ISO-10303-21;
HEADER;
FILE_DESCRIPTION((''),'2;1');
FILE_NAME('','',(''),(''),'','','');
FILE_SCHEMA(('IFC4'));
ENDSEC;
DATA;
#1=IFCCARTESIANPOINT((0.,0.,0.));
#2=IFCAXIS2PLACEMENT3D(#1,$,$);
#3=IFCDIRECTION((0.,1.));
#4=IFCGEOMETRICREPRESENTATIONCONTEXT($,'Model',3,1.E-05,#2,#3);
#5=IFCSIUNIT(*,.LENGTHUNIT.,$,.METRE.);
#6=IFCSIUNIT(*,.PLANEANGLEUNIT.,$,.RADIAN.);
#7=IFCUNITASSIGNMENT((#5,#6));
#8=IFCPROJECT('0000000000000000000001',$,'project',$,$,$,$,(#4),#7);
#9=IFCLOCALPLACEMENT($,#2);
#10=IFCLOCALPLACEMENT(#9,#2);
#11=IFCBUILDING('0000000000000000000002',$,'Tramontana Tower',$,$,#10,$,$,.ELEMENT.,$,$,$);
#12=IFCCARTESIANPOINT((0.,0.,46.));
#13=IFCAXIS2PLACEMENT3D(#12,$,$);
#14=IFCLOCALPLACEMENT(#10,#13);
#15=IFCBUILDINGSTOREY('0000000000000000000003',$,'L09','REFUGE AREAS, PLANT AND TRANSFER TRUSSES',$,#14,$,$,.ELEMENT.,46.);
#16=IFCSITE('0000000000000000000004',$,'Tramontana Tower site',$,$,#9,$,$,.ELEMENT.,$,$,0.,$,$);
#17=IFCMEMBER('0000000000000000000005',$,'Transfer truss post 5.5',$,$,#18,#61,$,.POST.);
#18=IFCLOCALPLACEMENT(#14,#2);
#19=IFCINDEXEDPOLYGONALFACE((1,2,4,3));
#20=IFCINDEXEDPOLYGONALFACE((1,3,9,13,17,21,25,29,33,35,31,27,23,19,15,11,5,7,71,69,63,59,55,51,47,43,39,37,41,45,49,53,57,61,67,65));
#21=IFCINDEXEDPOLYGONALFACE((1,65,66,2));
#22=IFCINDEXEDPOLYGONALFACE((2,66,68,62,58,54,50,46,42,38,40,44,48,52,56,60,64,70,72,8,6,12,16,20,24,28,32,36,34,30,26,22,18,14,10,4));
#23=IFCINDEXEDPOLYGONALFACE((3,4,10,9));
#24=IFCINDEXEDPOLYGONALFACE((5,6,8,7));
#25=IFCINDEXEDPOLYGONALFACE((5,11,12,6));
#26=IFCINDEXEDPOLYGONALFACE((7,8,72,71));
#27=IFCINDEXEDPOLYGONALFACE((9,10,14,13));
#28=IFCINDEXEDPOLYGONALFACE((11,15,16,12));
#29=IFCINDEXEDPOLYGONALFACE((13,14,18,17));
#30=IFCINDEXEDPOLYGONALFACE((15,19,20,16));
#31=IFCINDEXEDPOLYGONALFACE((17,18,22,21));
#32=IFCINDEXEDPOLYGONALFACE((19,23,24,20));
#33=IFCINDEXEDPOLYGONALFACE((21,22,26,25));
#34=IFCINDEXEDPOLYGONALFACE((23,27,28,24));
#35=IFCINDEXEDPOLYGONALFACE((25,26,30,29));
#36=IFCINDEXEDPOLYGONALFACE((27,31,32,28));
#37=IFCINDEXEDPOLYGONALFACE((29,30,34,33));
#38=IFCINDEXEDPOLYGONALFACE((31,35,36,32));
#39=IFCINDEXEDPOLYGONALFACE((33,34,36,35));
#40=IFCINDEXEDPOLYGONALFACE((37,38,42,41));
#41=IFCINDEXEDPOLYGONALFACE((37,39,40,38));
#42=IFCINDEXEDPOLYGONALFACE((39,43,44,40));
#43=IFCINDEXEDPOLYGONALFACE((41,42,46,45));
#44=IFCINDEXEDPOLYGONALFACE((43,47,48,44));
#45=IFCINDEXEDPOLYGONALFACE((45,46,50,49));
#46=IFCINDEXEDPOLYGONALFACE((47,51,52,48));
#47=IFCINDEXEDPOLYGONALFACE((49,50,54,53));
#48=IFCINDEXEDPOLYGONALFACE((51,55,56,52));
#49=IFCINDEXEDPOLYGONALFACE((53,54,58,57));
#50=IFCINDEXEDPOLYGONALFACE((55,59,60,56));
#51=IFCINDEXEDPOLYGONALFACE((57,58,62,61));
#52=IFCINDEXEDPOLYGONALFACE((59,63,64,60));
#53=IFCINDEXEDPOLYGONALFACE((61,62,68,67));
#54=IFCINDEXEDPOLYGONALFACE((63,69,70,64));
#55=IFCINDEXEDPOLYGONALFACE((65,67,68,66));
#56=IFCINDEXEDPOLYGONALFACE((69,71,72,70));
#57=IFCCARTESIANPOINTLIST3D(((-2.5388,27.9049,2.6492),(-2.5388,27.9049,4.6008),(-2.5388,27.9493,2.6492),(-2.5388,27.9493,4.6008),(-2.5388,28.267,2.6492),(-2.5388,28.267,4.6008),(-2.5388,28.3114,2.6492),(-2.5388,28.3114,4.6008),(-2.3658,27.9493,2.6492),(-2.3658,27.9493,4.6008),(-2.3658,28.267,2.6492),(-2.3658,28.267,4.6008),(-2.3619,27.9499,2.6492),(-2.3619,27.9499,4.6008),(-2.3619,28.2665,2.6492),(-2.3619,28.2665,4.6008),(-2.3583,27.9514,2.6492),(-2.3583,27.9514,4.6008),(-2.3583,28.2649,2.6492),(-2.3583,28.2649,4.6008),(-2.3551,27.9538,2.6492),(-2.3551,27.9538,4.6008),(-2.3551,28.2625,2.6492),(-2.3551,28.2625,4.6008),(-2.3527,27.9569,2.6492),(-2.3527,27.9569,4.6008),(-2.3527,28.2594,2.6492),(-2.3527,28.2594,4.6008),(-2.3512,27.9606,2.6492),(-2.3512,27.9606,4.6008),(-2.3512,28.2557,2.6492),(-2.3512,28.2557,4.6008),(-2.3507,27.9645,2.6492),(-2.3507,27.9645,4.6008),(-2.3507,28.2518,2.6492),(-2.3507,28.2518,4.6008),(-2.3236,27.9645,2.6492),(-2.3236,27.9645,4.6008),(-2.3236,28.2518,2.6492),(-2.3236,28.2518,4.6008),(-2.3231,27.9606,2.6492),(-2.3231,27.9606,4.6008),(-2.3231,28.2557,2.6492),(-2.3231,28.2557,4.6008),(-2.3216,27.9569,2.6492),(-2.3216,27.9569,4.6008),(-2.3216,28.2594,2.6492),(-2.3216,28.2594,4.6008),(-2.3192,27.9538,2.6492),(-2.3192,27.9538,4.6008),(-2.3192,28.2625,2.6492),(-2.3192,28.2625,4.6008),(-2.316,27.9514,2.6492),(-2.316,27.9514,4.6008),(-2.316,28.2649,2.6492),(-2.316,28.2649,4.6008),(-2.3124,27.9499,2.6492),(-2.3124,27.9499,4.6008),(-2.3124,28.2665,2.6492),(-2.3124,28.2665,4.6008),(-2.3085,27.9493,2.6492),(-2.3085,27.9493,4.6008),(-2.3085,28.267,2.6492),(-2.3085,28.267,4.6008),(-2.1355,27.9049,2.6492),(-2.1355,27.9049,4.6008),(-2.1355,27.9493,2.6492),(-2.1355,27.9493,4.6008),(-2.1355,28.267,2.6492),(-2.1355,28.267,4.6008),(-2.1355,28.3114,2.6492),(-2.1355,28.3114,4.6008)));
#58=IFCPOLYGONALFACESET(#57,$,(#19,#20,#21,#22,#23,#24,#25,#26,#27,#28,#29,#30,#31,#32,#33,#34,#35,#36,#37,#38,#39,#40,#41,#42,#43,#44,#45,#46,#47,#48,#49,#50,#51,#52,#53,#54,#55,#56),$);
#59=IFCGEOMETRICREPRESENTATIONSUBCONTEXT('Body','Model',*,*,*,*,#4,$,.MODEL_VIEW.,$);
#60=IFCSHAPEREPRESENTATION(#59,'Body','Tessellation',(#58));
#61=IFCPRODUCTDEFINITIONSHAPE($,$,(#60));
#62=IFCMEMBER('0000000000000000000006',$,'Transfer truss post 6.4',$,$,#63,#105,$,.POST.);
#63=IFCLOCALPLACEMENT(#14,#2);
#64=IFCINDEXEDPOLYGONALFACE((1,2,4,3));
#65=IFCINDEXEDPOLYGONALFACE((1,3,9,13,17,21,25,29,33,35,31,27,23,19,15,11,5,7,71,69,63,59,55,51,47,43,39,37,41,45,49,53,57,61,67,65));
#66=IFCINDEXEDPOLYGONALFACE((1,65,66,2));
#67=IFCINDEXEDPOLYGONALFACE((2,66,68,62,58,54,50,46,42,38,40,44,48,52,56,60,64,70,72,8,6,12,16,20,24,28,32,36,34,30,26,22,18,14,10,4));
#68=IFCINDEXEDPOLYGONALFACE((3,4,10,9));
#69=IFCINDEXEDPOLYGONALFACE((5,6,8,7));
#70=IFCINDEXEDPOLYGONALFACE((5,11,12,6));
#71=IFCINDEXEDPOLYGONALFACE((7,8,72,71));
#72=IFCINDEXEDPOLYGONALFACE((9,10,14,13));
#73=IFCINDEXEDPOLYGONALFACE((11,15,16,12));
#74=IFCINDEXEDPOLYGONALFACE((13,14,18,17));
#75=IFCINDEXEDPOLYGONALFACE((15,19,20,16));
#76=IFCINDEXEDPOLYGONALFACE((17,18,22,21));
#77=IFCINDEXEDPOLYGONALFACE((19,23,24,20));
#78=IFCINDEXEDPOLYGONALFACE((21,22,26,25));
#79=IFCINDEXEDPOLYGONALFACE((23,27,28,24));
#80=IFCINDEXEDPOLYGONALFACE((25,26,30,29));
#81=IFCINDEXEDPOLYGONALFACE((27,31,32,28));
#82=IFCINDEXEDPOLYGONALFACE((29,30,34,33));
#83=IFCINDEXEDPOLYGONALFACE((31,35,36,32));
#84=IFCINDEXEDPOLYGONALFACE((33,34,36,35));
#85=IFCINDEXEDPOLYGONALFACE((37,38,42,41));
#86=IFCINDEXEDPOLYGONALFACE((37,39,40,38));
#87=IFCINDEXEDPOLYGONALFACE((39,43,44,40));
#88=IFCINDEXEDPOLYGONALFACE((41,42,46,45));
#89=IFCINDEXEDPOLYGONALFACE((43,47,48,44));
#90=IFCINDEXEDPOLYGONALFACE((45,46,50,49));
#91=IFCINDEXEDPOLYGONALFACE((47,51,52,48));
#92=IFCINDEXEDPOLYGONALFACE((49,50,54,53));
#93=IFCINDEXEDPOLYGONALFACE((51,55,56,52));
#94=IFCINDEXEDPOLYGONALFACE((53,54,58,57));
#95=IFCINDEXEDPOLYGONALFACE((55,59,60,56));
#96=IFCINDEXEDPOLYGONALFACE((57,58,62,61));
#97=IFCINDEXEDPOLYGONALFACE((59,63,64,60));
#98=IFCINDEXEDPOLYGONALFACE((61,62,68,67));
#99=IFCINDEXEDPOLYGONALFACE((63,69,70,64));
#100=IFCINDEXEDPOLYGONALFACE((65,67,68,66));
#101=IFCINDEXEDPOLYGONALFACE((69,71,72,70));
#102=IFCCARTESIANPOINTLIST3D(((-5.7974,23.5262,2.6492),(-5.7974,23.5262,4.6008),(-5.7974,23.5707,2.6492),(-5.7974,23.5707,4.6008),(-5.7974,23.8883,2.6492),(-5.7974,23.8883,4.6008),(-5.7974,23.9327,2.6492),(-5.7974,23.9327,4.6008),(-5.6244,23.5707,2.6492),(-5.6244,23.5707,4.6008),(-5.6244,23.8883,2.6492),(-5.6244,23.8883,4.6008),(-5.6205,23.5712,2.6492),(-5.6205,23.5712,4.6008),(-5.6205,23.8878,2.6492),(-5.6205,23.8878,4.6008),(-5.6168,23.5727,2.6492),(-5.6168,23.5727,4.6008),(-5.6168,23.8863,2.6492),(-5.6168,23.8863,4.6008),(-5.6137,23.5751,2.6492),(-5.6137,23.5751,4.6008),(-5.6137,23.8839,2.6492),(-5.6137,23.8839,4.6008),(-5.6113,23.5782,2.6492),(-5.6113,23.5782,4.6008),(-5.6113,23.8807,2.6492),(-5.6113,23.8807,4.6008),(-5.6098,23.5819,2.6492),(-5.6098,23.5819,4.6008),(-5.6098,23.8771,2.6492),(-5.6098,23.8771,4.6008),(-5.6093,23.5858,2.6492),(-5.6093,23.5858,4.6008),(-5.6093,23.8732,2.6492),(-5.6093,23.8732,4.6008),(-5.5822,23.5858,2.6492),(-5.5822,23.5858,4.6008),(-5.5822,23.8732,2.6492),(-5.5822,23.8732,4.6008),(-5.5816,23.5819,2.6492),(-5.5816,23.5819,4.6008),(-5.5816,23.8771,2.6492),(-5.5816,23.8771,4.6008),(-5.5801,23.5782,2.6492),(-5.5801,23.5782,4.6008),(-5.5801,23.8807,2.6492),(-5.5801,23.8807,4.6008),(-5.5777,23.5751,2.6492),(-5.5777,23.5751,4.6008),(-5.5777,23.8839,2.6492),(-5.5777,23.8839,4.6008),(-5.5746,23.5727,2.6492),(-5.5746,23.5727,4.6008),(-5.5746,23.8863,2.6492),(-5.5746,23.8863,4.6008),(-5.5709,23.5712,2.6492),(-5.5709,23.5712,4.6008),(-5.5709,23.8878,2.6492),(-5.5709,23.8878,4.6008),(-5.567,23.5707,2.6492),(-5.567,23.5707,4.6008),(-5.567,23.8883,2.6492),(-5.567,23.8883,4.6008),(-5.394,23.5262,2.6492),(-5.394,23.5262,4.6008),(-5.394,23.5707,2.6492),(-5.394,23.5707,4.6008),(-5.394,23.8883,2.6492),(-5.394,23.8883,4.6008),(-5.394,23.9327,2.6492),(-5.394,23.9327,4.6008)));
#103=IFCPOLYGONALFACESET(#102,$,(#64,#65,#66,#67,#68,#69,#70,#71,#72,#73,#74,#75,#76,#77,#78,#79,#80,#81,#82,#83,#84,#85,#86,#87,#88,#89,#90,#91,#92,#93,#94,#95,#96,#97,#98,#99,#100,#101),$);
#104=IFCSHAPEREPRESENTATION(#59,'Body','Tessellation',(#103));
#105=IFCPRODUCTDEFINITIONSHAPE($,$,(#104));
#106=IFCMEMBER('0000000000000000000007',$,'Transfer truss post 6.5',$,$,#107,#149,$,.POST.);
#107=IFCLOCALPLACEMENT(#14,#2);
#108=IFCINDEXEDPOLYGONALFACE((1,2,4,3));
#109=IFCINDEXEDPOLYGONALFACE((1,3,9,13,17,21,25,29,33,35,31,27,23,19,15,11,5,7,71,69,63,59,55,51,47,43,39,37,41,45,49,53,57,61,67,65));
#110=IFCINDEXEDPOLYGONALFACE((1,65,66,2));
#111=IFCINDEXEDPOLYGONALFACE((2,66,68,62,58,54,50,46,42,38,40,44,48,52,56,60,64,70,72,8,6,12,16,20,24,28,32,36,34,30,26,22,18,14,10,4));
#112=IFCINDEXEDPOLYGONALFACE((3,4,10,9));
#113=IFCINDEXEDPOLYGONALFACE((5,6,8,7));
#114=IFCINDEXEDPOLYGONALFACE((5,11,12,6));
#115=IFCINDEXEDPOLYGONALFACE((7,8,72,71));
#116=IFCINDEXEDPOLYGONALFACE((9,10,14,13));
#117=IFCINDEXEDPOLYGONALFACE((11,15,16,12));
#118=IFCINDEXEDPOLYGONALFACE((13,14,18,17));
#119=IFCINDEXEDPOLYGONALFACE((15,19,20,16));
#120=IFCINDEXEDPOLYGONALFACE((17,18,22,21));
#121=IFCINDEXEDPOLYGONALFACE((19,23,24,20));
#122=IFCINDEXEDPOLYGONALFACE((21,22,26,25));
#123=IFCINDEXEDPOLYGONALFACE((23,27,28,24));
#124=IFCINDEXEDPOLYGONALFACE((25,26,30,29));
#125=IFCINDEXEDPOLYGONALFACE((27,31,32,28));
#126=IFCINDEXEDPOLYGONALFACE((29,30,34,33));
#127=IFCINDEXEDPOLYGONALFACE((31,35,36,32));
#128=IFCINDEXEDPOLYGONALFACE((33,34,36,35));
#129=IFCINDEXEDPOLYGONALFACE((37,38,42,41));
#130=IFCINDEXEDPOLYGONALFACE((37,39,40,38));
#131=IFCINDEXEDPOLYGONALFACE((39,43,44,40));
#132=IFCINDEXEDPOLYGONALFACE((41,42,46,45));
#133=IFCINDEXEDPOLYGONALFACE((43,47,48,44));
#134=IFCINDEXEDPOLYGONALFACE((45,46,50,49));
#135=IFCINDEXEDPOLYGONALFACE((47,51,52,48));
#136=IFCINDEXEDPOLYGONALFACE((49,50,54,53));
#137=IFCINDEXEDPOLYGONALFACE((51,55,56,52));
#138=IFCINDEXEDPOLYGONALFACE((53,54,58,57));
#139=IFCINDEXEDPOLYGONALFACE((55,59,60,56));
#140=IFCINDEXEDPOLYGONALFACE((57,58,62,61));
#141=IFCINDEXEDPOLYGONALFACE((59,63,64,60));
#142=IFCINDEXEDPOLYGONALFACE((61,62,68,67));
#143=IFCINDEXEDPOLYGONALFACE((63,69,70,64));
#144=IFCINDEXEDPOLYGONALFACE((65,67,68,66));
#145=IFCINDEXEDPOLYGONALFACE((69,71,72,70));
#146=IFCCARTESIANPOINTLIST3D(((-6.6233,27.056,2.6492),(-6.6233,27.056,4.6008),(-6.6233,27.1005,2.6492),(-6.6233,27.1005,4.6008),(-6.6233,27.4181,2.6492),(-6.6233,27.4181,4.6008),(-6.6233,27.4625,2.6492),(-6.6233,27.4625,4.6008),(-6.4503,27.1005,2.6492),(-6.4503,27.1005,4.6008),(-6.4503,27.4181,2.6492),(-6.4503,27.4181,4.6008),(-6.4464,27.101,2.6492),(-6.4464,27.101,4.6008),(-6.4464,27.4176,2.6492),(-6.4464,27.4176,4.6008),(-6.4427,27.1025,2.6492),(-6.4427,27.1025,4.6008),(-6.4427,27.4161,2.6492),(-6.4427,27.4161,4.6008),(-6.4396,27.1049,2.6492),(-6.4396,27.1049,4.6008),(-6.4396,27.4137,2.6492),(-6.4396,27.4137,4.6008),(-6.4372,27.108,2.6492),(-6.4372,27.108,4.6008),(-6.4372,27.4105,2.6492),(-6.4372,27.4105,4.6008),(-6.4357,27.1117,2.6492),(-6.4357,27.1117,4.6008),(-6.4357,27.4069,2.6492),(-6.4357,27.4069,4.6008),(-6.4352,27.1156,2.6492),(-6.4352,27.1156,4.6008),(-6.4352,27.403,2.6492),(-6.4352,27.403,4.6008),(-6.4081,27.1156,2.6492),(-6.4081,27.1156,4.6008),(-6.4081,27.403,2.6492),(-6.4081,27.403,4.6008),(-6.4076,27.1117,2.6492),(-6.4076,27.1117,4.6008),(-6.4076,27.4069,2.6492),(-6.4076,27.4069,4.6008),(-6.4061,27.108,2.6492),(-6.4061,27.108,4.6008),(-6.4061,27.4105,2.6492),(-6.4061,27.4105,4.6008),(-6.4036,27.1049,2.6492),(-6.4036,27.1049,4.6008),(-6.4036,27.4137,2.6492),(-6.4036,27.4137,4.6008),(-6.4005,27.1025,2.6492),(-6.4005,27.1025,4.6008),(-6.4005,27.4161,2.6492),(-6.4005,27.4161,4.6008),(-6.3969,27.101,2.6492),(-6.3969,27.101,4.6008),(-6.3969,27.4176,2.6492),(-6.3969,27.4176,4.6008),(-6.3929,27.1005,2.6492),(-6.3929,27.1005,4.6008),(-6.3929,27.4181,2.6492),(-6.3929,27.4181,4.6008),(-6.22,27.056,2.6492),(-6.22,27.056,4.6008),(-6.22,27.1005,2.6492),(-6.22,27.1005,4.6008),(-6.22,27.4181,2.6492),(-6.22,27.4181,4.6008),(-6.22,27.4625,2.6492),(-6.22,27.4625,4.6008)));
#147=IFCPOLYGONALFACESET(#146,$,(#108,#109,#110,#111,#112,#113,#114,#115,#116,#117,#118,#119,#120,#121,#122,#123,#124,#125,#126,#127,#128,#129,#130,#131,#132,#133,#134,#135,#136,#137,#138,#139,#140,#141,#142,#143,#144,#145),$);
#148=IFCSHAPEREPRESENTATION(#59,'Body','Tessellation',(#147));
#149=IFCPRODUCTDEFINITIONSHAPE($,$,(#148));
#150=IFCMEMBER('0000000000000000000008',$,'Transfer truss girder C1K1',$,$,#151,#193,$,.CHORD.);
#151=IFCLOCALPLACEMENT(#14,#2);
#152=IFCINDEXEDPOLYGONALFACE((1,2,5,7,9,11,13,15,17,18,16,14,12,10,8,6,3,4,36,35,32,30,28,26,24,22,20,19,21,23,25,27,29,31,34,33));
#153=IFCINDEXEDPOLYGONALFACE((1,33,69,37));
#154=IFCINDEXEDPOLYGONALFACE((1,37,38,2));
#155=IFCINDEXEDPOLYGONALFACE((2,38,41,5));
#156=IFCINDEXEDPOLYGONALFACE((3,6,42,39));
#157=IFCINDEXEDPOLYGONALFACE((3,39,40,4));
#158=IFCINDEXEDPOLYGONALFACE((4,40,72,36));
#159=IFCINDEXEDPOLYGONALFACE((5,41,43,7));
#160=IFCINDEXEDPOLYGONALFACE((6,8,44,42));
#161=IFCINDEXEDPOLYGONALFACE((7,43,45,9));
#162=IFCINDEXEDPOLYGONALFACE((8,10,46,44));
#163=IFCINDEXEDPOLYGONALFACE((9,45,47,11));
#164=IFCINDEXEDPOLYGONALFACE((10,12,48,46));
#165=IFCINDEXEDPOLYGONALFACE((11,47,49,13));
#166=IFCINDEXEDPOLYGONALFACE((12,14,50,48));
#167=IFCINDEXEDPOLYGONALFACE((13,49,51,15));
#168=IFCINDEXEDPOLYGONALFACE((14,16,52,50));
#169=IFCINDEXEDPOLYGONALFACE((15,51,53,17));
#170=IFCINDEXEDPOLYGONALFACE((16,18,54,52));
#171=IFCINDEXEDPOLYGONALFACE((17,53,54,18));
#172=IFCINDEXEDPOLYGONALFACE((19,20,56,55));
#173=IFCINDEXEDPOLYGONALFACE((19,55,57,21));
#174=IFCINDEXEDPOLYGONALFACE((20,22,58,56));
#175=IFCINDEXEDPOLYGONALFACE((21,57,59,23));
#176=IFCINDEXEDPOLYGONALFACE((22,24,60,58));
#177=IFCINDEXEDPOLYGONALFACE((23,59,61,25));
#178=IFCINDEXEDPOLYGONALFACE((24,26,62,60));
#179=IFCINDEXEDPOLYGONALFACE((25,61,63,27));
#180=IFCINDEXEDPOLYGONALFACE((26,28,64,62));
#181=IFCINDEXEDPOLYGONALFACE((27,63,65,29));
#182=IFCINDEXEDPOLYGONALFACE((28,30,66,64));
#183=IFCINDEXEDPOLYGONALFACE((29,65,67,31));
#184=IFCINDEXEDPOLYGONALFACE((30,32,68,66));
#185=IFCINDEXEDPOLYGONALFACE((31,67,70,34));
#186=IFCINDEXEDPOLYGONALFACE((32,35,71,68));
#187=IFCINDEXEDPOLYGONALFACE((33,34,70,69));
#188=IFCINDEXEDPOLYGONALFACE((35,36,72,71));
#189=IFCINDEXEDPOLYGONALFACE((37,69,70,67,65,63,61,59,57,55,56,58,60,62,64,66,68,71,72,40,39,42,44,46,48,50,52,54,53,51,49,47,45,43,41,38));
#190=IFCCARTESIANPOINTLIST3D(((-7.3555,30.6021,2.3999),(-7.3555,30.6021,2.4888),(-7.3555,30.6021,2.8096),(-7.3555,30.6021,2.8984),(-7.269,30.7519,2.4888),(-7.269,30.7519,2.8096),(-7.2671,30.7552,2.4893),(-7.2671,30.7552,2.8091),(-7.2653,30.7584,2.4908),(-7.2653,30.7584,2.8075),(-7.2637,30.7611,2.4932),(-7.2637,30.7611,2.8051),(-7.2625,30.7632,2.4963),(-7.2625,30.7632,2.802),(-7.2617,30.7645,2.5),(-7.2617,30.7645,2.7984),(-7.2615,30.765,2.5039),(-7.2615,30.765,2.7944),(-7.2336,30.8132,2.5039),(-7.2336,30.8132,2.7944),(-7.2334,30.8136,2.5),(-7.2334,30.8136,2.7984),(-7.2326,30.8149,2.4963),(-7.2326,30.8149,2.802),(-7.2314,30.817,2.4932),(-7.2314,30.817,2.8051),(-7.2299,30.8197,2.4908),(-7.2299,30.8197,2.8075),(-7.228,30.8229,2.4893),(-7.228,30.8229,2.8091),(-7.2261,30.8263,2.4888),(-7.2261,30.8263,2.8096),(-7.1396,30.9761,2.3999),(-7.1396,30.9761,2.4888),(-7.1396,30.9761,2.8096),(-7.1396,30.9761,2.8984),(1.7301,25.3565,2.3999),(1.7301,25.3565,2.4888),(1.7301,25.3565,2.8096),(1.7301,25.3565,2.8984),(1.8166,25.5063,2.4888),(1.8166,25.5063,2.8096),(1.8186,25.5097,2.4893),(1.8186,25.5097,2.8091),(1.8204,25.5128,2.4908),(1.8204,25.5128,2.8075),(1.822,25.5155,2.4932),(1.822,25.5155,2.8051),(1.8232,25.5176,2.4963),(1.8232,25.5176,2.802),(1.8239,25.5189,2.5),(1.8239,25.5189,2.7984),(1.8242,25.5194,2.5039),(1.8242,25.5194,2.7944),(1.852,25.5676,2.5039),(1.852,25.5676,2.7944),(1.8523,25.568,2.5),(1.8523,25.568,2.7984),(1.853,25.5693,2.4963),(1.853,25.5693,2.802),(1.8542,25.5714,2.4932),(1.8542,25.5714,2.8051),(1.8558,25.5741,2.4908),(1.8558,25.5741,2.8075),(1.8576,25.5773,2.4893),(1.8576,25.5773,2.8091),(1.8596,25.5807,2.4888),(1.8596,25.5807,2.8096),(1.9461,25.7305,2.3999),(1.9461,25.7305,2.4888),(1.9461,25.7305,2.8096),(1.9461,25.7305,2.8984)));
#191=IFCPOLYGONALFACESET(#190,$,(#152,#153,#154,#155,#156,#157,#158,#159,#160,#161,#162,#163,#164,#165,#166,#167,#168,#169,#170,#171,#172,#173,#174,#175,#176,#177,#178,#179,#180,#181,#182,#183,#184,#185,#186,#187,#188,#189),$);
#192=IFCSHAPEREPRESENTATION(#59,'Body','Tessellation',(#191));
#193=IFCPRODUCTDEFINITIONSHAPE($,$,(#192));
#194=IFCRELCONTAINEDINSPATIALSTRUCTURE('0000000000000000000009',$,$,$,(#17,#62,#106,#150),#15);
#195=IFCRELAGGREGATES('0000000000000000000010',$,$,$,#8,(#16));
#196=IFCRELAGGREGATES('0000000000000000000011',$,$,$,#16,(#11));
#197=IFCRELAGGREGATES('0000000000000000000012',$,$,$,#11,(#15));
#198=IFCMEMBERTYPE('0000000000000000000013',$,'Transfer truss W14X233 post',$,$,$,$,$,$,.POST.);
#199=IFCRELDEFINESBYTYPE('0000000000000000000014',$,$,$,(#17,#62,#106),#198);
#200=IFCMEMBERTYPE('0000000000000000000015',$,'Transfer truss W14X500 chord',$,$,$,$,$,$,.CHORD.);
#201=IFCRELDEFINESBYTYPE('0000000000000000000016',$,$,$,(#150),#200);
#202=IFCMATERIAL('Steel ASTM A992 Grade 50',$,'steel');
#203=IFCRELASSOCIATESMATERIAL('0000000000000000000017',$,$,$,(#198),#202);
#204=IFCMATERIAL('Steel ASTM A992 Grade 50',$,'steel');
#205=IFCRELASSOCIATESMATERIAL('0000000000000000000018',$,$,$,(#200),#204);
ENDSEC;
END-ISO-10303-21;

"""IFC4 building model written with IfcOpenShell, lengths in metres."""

from ifc_helpers import new_model, si_unit, direction, frame, origin, origin_2d, place, context, subcontext, project, spatial, i_section, extrude, material, material_profile, profile_set, type_object, element, save


model = new_model("IFC4")

# Units and contexts
model_context = context("Model", 3, precision=1e-05, world=origin(), true_north=direction((0.0, 1.0)))
body_context = subcontext(model_context, "Body", "Model", "MODEL_VIEW")
ifc_project = project(units=[si_unit("LENGTHUNIT", "METRE"), si_unit("PLANEANGLEUNIT", "RADIAN")], contexts=[model_context])

# Site, building, storey
site_placement = place(None, origin())
site = spatial("IfcSite", under=ifc_project, at=site_placement, Name="Tramontana Tower site", CompositionType="ELEMENT", RefElevation=0.0)
building_placement = place(site_placement, origin())
building = spatial("IfcBuilding", under=site, at=building_placement, Name="Tramontana Tower", CompositionType="ELEMENT")
storey_placement = place(building_placement, frame((0.0, 0.0, 46.0)))
storey = spatial("IfcBuildingStorey", under=building, at=storey_placement, Name="L09", Description="REFUGE AREAS, PLANT AND TRANSFER TRUSSES", CompositionType="ELEMENT", Elevation=46.0)

# Members
ifc_material_1 = material(Name="Steel ASTM A992 Grade 50", Category="steel")
ifc_material_profile_1 = material_profile(ifc_material_1, i_section(OverallWidth=0.4033, OverallDepth=0.4065, WebThickness=0.0271, FlangeThickness=0.0444, FilletRadius=0.0151, at=origin_2d()), Name="W14X233")
ifc_profile_set_1 = profile_set([ifc_material_profile_1], Name="Steel ASTM A992 Grade 50")
member_type_1 = type_object("IfcMemberType", Name="Transfer truss W14X233 post", PredefinedType="POST", material=ifc_profile_set_1)
for number, where, z_axis, x_axis, name in (
    (1, (-2.3372, 28.1082, 2.6492), (0.0, 0.0, 1.0), (1.0, 0.0, 0.0), "Transfer truss post 5.5"),
    (2, (-5.5957, 23.7295, 2.6492), (0.0, 0.0, 1.0), (1.0, 0.0, 0.0), "Transfer truss post 6.4"),
    (3, (-6.4216, 27.2593, 2.6492), (0.0, 0.0, 1.0), (1.0, 0.0, 0.0), "Transfer truss post 6.5"),
):
    element("IfcMember", number, at=place(storey_placement, frame(where, z_axis=z_axis, x_axis=x_axis)), inside=storey, type_object=member_type_1, Name=name, PredefinedType="POST", context=body_context, shape_type="SweptSolid", body=[
        extrude(i_section(OverallWidth=0.4033, OverallDepth=0.4065, WebThickness=0.0271, FlangeThickness=0.0444, FilletRadius=0.0151, at=origin_2d()), origin(), (0.0, 0.0, 1.0), 1.9517),
    ])
ifc_material_2 = material(Name="Steel ASTM A992 Grade 50", Category="steel")
ifc_material_profile_2 = material_profile(ifc_material_2, i_section(OverallWidth=0.4319, OverallDepth=0.4985, WebThickness=0.0557, FlangeThickness=0.0889, FilletRadius=0.0151, at=origin_2d()), Name="W14X500")
ifc_profile_set_2 = profile_set([ifc_material_profile_2], Name="Steel ASTM A992 Grade 50")
member_type_2 = type_object("IfcMemberType", Name="Transfer truss W14X500 chord", PredefinedType="CHORD", material=ifc_profile_set_2)
member_1_placement = place(storey_placement, frame((-7.2476, 30.7891, 2.6492), z_axis=(0.866026, -0.499998, 0.0), x_axis=(0.499998, 0.866026, 0.0)))
element("IfcMember", 4, at=member_1_placement, inside=storey, type_object=member_type_2, Name="Transfer truss girder C1K1", PredefinedType="CHORD", context=body_context, shape_type="SweptSolid", body=[
    extrude(i_section(OverallWidth=0.4319, OverallDepth=0.4985, WebThickness=0.0557, FlangeThickness=0.0889, FilletRadius=0.0151, at=origin_2d()), origin(), (0.0, 0.0, 1.0), 10.4912),
])

save(model, "model.ifc")
